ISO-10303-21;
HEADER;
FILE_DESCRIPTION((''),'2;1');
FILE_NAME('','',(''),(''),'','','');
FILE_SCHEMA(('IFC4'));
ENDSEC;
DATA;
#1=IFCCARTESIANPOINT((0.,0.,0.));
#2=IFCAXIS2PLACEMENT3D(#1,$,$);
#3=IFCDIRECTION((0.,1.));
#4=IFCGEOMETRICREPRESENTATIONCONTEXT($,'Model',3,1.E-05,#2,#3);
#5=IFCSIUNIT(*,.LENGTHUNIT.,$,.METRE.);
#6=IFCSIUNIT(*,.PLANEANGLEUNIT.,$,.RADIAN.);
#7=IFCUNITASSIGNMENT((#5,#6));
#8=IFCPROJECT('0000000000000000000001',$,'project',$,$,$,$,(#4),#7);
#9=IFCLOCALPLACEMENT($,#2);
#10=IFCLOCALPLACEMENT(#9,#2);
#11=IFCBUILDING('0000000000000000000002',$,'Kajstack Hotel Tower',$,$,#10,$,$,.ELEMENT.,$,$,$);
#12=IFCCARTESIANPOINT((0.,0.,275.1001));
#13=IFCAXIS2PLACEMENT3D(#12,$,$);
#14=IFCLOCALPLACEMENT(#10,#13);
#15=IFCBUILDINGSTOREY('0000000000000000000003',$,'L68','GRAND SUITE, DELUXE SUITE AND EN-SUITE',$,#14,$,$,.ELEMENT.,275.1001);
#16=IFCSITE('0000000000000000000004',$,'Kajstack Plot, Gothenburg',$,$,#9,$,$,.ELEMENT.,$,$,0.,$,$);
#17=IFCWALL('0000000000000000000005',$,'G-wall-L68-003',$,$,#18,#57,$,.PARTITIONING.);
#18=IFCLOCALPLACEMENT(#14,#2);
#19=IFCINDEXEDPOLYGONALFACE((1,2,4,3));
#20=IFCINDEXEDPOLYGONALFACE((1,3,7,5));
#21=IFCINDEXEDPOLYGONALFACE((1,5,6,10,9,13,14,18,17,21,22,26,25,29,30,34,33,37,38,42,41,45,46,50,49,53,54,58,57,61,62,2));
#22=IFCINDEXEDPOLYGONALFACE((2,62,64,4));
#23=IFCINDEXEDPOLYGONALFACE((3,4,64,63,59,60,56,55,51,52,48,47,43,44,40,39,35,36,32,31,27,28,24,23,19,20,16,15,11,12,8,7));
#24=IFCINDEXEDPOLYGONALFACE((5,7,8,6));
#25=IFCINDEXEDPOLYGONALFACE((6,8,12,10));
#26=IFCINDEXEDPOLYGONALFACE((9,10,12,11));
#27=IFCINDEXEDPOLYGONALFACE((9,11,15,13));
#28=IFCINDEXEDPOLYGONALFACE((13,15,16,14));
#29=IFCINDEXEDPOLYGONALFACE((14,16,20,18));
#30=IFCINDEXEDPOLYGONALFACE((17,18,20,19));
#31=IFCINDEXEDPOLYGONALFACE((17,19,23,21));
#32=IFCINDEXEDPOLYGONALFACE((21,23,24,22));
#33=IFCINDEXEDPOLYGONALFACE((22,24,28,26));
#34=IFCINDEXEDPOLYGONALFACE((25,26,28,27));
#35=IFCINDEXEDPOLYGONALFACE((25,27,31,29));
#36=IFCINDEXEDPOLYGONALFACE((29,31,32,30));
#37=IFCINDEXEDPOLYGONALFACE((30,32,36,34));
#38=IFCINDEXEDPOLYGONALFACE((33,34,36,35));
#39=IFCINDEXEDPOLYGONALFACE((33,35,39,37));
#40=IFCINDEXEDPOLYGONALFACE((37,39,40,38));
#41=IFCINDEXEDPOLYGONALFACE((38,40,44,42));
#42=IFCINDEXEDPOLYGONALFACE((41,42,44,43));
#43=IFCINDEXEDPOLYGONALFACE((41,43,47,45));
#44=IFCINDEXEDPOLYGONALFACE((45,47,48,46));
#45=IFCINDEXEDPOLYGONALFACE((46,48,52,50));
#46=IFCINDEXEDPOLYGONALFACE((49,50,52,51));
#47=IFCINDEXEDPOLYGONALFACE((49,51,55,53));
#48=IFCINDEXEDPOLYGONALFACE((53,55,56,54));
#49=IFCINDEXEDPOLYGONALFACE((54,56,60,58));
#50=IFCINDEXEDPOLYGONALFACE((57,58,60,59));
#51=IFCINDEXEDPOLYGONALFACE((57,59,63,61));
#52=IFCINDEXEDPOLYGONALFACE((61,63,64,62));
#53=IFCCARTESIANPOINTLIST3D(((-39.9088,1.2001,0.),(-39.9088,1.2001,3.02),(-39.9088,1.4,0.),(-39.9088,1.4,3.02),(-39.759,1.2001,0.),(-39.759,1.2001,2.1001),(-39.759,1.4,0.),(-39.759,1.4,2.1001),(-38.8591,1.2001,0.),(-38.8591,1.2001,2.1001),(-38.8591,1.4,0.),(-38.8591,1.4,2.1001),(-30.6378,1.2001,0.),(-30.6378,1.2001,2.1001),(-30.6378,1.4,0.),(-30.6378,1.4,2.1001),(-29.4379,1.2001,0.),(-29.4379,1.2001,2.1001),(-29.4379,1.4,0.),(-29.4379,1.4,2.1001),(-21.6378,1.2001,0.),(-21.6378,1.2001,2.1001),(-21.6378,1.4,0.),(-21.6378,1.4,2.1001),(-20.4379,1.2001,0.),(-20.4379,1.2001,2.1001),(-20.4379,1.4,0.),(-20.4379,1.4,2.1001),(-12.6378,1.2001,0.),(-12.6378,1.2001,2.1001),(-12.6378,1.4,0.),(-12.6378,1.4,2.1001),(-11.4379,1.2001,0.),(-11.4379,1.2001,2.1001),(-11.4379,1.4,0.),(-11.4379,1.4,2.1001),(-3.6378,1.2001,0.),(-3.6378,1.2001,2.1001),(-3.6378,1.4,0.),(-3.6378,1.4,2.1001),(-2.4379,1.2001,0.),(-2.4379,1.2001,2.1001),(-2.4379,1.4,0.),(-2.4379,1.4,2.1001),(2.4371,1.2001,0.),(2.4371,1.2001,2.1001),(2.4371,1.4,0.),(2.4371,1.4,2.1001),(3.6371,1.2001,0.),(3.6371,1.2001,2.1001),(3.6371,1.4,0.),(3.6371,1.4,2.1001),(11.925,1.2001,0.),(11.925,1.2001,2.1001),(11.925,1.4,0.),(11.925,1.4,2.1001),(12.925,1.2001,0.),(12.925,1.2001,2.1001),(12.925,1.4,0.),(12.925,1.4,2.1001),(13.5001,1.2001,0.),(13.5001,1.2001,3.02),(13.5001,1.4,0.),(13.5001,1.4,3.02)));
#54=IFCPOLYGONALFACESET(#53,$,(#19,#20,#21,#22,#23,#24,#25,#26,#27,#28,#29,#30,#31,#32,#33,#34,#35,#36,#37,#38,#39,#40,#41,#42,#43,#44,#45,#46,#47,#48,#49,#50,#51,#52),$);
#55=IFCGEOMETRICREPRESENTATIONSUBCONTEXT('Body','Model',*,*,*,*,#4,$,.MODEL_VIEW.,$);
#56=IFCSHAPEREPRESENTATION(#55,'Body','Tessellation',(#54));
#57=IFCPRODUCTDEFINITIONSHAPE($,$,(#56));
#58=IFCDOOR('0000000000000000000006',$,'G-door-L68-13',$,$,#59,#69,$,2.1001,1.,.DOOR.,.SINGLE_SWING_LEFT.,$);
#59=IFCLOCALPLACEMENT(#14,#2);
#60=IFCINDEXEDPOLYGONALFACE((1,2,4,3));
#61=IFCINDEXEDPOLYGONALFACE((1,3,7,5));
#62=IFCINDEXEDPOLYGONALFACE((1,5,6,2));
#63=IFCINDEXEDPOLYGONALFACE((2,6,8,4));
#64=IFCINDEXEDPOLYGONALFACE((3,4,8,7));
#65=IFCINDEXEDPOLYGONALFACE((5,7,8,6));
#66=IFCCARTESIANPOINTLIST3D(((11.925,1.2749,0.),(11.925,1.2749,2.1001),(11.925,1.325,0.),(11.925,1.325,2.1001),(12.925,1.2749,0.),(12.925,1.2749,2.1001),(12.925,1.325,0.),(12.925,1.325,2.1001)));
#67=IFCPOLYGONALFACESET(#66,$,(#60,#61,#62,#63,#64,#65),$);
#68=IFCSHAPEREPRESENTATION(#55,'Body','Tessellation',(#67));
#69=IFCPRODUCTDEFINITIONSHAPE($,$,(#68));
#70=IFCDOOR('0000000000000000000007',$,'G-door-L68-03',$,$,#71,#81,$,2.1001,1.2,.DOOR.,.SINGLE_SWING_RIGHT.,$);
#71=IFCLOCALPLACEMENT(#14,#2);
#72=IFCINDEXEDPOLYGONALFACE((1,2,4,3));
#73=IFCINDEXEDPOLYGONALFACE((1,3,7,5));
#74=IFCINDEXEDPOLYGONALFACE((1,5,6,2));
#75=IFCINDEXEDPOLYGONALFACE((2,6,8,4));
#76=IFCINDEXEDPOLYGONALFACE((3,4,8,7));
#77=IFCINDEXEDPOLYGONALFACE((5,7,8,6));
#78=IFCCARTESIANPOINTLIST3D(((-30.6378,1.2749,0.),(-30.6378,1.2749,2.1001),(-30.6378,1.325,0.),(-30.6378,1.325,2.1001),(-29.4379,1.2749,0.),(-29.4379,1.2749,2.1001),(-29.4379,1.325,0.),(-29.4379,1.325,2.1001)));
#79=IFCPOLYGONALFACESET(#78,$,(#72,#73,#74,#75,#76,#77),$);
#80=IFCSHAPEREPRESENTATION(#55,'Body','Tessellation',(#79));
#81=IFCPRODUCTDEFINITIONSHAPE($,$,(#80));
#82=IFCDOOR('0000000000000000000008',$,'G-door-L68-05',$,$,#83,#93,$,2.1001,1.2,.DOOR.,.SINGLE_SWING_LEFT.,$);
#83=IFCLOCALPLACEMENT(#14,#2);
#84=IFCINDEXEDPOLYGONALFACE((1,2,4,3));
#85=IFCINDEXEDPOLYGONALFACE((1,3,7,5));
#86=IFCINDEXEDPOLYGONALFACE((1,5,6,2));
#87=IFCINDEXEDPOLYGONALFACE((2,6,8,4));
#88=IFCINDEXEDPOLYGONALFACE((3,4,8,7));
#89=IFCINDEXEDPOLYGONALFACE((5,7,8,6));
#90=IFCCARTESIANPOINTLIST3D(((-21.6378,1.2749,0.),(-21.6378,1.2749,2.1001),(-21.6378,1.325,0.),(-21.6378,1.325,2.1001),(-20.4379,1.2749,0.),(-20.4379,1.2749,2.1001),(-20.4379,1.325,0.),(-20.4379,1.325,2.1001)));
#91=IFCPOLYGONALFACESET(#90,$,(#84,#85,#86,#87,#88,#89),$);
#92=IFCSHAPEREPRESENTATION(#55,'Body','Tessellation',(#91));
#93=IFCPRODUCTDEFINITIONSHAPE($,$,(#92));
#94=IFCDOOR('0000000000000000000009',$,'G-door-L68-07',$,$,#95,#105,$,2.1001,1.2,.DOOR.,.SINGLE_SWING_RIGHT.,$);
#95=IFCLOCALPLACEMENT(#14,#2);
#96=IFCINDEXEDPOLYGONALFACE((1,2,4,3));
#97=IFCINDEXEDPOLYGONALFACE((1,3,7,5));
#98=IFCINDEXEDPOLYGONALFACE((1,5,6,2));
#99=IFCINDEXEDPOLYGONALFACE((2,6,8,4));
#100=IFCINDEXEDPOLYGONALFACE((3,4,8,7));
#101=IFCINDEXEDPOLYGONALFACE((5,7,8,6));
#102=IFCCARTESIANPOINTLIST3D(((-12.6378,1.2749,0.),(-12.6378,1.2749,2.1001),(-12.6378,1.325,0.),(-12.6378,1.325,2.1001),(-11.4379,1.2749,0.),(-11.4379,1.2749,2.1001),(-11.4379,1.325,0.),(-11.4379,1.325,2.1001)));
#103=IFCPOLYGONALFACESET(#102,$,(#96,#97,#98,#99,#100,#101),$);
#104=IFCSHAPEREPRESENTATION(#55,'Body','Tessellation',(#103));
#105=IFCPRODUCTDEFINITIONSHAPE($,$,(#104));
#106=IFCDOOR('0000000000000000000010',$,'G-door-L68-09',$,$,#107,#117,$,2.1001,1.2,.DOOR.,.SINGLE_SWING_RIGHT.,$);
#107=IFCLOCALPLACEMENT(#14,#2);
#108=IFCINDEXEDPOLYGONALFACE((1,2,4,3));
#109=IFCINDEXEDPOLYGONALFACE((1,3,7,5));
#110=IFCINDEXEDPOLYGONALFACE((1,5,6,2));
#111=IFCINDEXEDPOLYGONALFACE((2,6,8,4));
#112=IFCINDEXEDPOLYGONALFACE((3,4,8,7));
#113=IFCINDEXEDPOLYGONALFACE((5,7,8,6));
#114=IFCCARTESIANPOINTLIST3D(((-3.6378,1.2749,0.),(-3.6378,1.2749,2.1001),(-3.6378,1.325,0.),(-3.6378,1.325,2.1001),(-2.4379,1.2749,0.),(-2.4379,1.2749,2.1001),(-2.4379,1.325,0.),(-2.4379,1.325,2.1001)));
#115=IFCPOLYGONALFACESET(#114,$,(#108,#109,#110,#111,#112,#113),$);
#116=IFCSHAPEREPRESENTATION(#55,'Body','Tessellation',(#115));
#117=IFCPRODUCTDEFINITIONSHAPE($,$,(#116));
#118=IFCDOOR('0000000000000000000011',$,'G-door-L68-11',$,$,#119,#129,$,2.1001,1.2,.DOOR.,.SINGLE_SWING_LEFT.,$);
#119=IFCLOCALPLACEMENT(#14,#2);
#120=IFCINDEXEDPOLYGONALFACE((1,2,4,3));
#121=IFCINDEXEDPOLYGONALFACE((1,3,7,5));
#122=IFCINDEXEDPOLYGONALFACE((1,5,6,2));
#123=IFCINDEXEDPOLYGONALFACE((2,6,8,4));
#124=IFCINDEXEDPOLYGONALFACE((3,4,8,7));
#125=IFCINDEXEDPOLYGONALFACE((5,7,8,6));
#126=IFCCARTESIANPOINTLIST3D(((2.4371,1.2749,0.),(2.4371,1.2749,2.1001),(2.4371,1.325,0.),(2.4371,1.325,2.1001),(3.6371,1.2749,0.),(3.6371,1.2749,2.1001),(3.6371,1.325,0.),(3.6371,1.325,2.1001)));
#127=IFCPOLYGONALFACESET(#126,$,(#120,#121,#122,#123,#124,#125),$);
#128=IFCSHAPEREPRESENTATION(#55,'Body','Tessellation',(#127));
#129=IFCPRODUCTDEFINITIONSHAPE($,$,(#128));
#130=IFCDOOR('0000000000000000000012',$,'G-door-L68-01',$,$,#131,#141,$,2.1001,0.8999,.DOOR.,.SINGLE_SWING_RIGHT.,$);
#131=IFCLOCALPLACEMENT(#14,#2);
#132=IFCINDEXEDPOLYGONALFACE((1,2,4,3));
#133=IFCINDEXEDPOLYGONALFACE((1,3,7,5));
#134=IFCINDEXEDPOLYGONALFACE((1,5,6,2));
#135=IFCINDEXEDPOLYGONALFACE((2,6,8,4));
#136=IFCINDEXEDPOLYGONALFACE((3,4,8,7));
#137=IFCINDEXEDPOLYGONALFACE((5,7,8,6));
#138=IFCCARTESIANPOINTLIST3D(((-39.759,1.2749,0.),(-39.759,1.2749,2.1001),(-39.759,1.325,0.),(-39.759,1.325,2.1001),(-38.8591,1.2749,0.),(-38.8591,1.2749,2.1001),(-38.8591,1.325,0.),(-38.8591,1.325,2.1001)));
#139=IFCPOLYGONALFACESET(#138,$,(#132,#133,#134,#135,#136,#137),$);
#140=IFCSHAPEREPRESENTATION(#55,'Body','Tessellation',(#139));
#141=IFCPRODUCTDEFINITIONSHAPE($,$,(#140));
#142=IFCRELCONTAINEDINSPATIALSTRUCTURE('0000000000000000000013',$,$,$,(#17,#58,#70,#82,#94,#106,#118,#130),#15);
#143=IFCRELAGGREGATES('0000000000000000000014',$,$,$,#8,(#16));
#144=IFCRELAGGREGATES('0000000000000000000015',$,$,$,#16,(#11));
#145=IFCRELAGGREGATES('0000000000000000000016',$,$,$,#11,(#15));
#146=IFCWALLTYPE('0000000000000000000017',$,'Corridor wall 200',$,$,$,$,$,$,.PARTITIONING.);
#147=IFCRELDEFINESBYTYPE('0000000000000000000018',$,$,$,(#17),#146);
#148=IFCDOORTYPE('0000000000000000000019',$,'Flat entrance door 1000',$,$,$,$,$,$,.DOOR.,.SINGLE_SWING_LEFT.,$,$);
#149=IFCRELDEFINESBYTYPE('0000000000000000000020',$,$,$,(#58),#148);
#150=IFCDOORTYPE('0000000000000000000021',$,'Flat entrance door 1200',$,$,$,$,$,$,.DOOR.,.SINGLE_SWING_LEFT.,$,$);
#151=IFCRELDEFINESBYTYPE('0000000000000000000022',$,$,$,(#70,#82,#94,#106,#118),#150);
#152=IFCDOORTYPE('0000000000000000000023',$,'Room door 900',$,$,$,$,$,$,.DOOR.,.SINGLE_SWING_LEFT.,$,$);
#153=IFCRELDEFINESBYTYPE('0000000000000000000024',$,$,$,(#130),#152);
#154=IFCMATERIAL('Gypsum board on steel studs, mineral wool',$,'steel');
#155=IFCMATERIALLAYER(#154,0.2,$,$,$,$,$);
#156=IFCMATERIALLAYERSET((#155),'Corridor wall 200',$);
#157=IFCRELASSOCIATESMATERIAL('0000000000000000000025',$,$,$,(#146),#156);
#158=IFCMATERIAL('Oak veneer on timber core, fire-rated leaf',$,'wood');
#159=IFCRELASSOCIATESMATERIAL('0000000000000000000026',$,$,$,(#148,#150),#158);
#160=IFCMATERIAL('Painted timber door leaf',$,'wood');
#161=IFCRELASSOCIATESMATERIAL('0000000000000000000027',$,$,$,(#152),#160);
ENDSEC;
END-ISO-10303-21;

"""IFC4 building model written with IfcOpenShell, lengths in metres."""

from ifc_helpers import new_model, si_unit, direction, frame, frame_2d, origin, place, context, subcontext, project, spatial, rectangle, extrude, material, layer, layer_set, type_object, element, fill, save


model = new_model("IFC4")

# Units and contexts
model_context = context("Model", 3, precision=1e-05, world=origin(), true_north=direction((0.0, 1.0)))
body_context = subcontext(model_context, "Body", "Model", "MODEL_VIEW")
ifc_project = project(units=[si_unit("LENGTHUNIT", "METRE"), si_unit("PLANEANGLEUNIT", "RADIAN")], contexts=[model_context])

# Site, building, storey
site_placement = place(None, origin())
site = spatial("IfcSite", under=ifc_project, at=site_placement, Name="Kajstack Plot, Gothenburg", CompositionType="ELEMENT", RefElevation=0.0)
building_placement = place(site_placement, origin())
building = spatial("IfcBuilding", under=site, at=building_placement, Name="Kajstack Hotel Tower", CompositionType="ELEMENT")
storey_placement = place(building_placement, frame((0.0, 0.0, 275.1001)))
storey = spatial("IfcBuildingStorey", under=building, at=storey_placement, Name="L68", Description="GRAND SUITE, DELUXE SUITE AND EN-SUITE", CompositionType="ELEMENT", Elevation=275.1001)

# Wall, openings, doors
ifc_material_1 = material(Name="Gypsum board on steel studs, mineral wool", Category="steel")
ifc_layer_1 = layer(ifc_material_1, 0.2)
ifc_layer_set_1 = layer_set([ifc_layer_1], Name="Corridor wall 200")
wall_type_1 = type_object("IfcWallType", Name="Corridor wall 200", PredefinedType="PARTITIONING", material=ifc_layer_set_1)
wall_1_placement = place(storey_placement, frame((-39.9089, 1.3, 0.0), z_axis=(0.0, 0.0, 1.0), x_axis=(1.0, 0.0, 0.0)))
wall_1 = element("IfcWall", 1, at=wall_1_placement, inside=storey, type_object=wall_type_1, Name="G-wall-L68-003", PredefinedType="PARTITIONING", context=body_context, shape_type="SweptSolid", body=[
    extrude(rectangle(XDim=53.4089, YDim=0.2, at=frame_2d((26.7046, 0.0))), origin(), (0.0, 0.0, 1.0), 3.02),
])
opening_1_placement = place(wall_1_placement, frame((0.1499, 0.0, 0.0)))
opening_1 = element("IfcOpeningElement", 2, at=opening_1_placement, cuts=wall_1, PredefinedType="OPENING", context=body_context, shape_type="SweptSolid", body=[
    extrude(rectangle(XDim=0.8999, YDim=2.1001, at=frame_2d((0.45, 1.05))), frame((0.0, 0.1099, 0.0), z_axis=(0.0, -1.0, 0.0), x_axis=(1.0, 0.0, 0.0)), (0.0, 0.0, 1.0), 0.22),
])
opening_2_placement = place(wall_1_placement, frame((9.271, 0.0, 0.0)))
opening_2 = element("IfcOpeningElement", 3, at=opening_2_placement, cuts=wall_1, PredefinedType="OPENING", context=body_context, shape_type="SweptSolid", body=[
    extrude(rectangle(XDim=1.2, YDim=2.1001, at=frame_2d((0.6001, 1.05))), frame((0.0, 0.1099, 0.0), z_axis=(0.0, -1.0, 0.0), x_axis=(1.0, 0.0, 0.0)), (0.0, 0.0, 1.0), 0.22),
])
opening_3_placement = place(wall_1_placement, frame((18.271, 0.0, 0.0)))
opening_3 = element("IfcOpeningElement", 4, at=opening_3_placement, cuts=wall_1, PredefinedType="OPENING", context=body_context, shape_type="SweptSolid", body=[
    extrude(rectangle(XDim=1.2, YDim=2.1001, at=frame_2d((0.6001, 1.05))), frame((0.0, 0.1099, 0.0), z_axis=(0.0, -1.0, 0.0), x_axis=(1.0, 0.0, 0.0)), (0.0, 0.0, 1.0), 0.22),
])
opening_4_placement = place(wall_1_placement, frame((27.271, 0.0, 0.0)))
opening_4 = element("IfcOpeningElement", 5, at=opening_4_placement, cuts=wall_1, PredefinedType="OPENING", context=body_context, shape_type="SweptSolid", body=[
    extrude(rectangle(XDim=1.2, YDim=2.1001, at=frame_2d((0.6001, 1.05))), frame((0.0, 0.1099, 0.0), z_axis=(0.0, -1.0, 0.0), x_axis=(1.0, 0.0, 0.0)), (0.0, 0.0, 1.0), 0.22),
])
opening_5_placement = place(wall_1_placement, frame((36.271, 0.0, 0.0)))
opening_5 = element("IfcOpeningElement", 6, at=opening_5_placement, cuts=wall_1, PredefinedType="OPENING", context=body_context, shape_type="SweptSolid", body=[
    extrude(rectangle(XDim=1.2, YDim=2.1001, at=frame_2d((0.6001, 1.05))), frame((0.0, 0.1099, 0.0), z_axis=(0.0, -1.0, 0.0), x_axis=(1.0, 0.0, 0.0)), (0.0, 0.0, 1.0), 0.22),
])
opening_6_placement = place(wall_1_placement, frame((42.3459, 0.0, 0.0)))
opening_6 = element("IfcOpeningElement", 7, at=opening_6_placement, cuts=wall_1, PredefinedType="OPENING", context=body_context, shape_type="SweptSolid", body=[
    extrude(rectangle(XDim=1.2, YDim=2.1001, at=frame_2d((0.6001, 1.05))), frame((0.0, 0.1099, 0.0), z_axis=(0.0, -1.0, 0.0), x_axis=(1.0, 0.0, 0.0)), (0.0, 0.0, 1.0), 0.22),
])
opening_7_placement = place(wall_1_placement, frame((51.834, 0.0, 0.0)))
opening_7 = element("IfcOpeningElement", 8, at=opening_7_placement, cuts=wall_1, PredefinedType="OPENING", context=body_context, shape_type="SweptSolid", body=[
    extrude(rectangle(XDim=1.0, YDim=2.1001, at=frame_2d((0.5, 1.05))), frame((0.0, 0.1099, 0.0), z_axis=(0.0, -1.0, 0.0), x_axis=(1.0, 0.0, 0.0)), (0.0, 0.0, 1.0), 0.22),
])
ifc_material_2 = material(Name="Oak veneer on timber core, fire-rated leaf", Category="wood")
door_type_1 = type_object("IfcDoorType", Name="Flat entrance door 1000", OperationType="SINGLE_SWING_LEFT", PredefinedType="DOOR", material=ifc_material_2)
door_1_placement = place(opening_7_placement, origin())
door_1 = element("IfcDoor", 9, at=door_1_placement, inside=storey, type_object=door_type_1, Name="G-door-L68-13", OperationType="SINGLE_SWING_LEFT", OverallHeight=2.1001, OverallWidth=1.0, PredefinedType="DOOR", context=body_context, shape_type="SweptSolid", body=[
    extrude(rectangle(XDim=1.0, YDim=2.1001, at=frame_2d((0.5, 1.05))), frame((0.0, 0.0249, 0.0), z_axis=(0.0, -1.0, 0.0), x_axis=(1.0, 0.0, 0.0)), (0.0, 0.0, 1.0), 0.05),
])
fill(opening_7, door_1)
door_type_2 = type_object("IfcDoorType", Name="Flat entrance door 1200", OperationType="SINGLE_SWING_LEFT", PredefinedType="DOOR", material=ifc_material_2)
door_2_placement = place(opening_2_placement, origin())
door_2 = element("IfcDoor", 10, at=door_2_placement, inside=storey, type_object=door_type_2, Name="G-door-L68-03", OperationType="SINGLE_SWING_RIGHT", OverallHeight=2.1001, OverallWidth=1.2, PredefinedType="DOOR", context=body_context, shape_type="SweptSolid", body=[
    extrude(rectangle(XDim=1.2, YDim=2.1001, at=frame_2d((0.6001, 1.05))), frame((0.0, 0.0249, 0.0), z_axis=(0.0, -1.0, 0.0), x_axis=(1.0, 0.0, 0.0)), (0.0, 0.0, 1.0), 0.05),
])
fill(opening_2, door_2)
door_3_placement = place(opening_3_placement, origin())
door_3 = element("IfcDoor", 11, at=door_3_placement, inside=storey, type_object=door_type_2, Name="G-door-L68-05", OperationType="SINGLE_SWING_LEFT", OverallHeight=2.1001, OverallWidth=1.2, PredefinedType="DOOR", context=body_context, shape_type="SweptSolid", body=[
    extrude(rectangle(XDim=1.2, YDim=2.1001, at=frame_2d((0.6001, 1.05))), frame((0.0, 0.0249, 0.0), z_axis=(0.0, -1.0, 0.0), x_axis=(1.0, 0.0, 0.0)), (0.0, 0.0, 1.0), 0.05),
])
fill(opening_3, door_3)
door_4_placement = place(opening_4_placement, origin())
door_4 = element("IfcDoor", 12, at=door_4_placement, inside=storey, type_object=door_type_2, Name="G-door-L68-07", OperationType="SINGLE_SWING_RIGHT", OverallHeight=2.1001, OverallWidth=1.2, PredefinedType="DOOR", context=body_context, shape_type="SweptSolid", body=[
    extrude(rectangle(XDim=1.2, YDim=2.1001, at=frame_2d((0.6001, 1.05))), frame((0.0, 0.0249, 0.0), z_axis=(0.0, -1.0, 0.0), x_axis=(1.0, 0.0, 0.0)), (0.0, 0.0, 1.0), 0.05),
])
fill(opening_4, door_4)
door_5_placement = place(opening_5_placement, origin())
door_5 = element("IfcDoor", 13, at=door_5_placement, inside=storey, type_object=door_type_2, Name="G-door-L68-09", OperationType="SINGLE_SWING_RIGHT", OverallHeight=2.1001, OverallWidth=1.2, PredefinedType="DOOR", context=body_context, shape_type="SweptSolid", body=[
    extrude(rectangle(XDim=1.2, YDim=2.1001, at=frame_2d((0.6001, 1.05))), frame((0.0, 0.0249, 0.0), z_axis=(0.0, -1.0, 0.0), x_axis=(1.0, 0.0, 0.0)), (0.0, 0.0, 1.0), 0.05),
])
fill(opening_5, door_5)
door_6_placement = place(opening_6_placement, origin())
door_6 = element("IfcDoor", 14, at=door_6_placement, inside=storey, type_object=door_type_2, Name="G-door-L68-11", OperationType="SINGLE_SWING_LEFT", OverallHeight=2.1001, OverallWidth=1.2, PredefinedType="DOOR", context=body_context, shape_type="SweptSolid", body=[
    extrude(rectangle(XDim=1.2, YDim=2.1001, at=frame_2d((0.6001, 1.05))), frame((0.0, 0.0249, 0.0), z_axis=(0.0, -1.0, 0.0), x_axis=(1.0, 0.0, 0.0)), (0.0, 0.0, 1.0), 0.05),
])
fill(opening_6, door_6)
ifc_material_3 = material(Name="Painted timber door leaf", Category="wood")
door_type_3 = type_object("IfcDoorType", Name="Room door 900", OperationType="SINGLE_SWING_LEFT", PredefinedType="DOOR", material=ifc_material_3)
door_7_placement = place(opening_1_placement, origin())
door_7 = element("IfcDoor", 15, at=door_7_placement, inside=storey, type_object=door_type_3, Name="G-door-L68-01", OperationType="SINGLE_SWING_RIGHT", OverallHeight=2.1001, OverallWidth=0.8999, PredefinedType="DOOR", context=body_context, shape_type="SweptSolid", body=[
    extrude(rectangle(XDim=0.8999, YDim=2.1001, at=frame_2d((0.45, 1.05))), frame((0.0, 0.0249, 0.0), z_axis=(0.0, -1.0, 0.0), x_axis=(1.0, 0.0, 0.0)), (0.0, 0.0, 1.0), 0.05),
])
fill(opening_1, door_7)

save(model, "model.ifc")
